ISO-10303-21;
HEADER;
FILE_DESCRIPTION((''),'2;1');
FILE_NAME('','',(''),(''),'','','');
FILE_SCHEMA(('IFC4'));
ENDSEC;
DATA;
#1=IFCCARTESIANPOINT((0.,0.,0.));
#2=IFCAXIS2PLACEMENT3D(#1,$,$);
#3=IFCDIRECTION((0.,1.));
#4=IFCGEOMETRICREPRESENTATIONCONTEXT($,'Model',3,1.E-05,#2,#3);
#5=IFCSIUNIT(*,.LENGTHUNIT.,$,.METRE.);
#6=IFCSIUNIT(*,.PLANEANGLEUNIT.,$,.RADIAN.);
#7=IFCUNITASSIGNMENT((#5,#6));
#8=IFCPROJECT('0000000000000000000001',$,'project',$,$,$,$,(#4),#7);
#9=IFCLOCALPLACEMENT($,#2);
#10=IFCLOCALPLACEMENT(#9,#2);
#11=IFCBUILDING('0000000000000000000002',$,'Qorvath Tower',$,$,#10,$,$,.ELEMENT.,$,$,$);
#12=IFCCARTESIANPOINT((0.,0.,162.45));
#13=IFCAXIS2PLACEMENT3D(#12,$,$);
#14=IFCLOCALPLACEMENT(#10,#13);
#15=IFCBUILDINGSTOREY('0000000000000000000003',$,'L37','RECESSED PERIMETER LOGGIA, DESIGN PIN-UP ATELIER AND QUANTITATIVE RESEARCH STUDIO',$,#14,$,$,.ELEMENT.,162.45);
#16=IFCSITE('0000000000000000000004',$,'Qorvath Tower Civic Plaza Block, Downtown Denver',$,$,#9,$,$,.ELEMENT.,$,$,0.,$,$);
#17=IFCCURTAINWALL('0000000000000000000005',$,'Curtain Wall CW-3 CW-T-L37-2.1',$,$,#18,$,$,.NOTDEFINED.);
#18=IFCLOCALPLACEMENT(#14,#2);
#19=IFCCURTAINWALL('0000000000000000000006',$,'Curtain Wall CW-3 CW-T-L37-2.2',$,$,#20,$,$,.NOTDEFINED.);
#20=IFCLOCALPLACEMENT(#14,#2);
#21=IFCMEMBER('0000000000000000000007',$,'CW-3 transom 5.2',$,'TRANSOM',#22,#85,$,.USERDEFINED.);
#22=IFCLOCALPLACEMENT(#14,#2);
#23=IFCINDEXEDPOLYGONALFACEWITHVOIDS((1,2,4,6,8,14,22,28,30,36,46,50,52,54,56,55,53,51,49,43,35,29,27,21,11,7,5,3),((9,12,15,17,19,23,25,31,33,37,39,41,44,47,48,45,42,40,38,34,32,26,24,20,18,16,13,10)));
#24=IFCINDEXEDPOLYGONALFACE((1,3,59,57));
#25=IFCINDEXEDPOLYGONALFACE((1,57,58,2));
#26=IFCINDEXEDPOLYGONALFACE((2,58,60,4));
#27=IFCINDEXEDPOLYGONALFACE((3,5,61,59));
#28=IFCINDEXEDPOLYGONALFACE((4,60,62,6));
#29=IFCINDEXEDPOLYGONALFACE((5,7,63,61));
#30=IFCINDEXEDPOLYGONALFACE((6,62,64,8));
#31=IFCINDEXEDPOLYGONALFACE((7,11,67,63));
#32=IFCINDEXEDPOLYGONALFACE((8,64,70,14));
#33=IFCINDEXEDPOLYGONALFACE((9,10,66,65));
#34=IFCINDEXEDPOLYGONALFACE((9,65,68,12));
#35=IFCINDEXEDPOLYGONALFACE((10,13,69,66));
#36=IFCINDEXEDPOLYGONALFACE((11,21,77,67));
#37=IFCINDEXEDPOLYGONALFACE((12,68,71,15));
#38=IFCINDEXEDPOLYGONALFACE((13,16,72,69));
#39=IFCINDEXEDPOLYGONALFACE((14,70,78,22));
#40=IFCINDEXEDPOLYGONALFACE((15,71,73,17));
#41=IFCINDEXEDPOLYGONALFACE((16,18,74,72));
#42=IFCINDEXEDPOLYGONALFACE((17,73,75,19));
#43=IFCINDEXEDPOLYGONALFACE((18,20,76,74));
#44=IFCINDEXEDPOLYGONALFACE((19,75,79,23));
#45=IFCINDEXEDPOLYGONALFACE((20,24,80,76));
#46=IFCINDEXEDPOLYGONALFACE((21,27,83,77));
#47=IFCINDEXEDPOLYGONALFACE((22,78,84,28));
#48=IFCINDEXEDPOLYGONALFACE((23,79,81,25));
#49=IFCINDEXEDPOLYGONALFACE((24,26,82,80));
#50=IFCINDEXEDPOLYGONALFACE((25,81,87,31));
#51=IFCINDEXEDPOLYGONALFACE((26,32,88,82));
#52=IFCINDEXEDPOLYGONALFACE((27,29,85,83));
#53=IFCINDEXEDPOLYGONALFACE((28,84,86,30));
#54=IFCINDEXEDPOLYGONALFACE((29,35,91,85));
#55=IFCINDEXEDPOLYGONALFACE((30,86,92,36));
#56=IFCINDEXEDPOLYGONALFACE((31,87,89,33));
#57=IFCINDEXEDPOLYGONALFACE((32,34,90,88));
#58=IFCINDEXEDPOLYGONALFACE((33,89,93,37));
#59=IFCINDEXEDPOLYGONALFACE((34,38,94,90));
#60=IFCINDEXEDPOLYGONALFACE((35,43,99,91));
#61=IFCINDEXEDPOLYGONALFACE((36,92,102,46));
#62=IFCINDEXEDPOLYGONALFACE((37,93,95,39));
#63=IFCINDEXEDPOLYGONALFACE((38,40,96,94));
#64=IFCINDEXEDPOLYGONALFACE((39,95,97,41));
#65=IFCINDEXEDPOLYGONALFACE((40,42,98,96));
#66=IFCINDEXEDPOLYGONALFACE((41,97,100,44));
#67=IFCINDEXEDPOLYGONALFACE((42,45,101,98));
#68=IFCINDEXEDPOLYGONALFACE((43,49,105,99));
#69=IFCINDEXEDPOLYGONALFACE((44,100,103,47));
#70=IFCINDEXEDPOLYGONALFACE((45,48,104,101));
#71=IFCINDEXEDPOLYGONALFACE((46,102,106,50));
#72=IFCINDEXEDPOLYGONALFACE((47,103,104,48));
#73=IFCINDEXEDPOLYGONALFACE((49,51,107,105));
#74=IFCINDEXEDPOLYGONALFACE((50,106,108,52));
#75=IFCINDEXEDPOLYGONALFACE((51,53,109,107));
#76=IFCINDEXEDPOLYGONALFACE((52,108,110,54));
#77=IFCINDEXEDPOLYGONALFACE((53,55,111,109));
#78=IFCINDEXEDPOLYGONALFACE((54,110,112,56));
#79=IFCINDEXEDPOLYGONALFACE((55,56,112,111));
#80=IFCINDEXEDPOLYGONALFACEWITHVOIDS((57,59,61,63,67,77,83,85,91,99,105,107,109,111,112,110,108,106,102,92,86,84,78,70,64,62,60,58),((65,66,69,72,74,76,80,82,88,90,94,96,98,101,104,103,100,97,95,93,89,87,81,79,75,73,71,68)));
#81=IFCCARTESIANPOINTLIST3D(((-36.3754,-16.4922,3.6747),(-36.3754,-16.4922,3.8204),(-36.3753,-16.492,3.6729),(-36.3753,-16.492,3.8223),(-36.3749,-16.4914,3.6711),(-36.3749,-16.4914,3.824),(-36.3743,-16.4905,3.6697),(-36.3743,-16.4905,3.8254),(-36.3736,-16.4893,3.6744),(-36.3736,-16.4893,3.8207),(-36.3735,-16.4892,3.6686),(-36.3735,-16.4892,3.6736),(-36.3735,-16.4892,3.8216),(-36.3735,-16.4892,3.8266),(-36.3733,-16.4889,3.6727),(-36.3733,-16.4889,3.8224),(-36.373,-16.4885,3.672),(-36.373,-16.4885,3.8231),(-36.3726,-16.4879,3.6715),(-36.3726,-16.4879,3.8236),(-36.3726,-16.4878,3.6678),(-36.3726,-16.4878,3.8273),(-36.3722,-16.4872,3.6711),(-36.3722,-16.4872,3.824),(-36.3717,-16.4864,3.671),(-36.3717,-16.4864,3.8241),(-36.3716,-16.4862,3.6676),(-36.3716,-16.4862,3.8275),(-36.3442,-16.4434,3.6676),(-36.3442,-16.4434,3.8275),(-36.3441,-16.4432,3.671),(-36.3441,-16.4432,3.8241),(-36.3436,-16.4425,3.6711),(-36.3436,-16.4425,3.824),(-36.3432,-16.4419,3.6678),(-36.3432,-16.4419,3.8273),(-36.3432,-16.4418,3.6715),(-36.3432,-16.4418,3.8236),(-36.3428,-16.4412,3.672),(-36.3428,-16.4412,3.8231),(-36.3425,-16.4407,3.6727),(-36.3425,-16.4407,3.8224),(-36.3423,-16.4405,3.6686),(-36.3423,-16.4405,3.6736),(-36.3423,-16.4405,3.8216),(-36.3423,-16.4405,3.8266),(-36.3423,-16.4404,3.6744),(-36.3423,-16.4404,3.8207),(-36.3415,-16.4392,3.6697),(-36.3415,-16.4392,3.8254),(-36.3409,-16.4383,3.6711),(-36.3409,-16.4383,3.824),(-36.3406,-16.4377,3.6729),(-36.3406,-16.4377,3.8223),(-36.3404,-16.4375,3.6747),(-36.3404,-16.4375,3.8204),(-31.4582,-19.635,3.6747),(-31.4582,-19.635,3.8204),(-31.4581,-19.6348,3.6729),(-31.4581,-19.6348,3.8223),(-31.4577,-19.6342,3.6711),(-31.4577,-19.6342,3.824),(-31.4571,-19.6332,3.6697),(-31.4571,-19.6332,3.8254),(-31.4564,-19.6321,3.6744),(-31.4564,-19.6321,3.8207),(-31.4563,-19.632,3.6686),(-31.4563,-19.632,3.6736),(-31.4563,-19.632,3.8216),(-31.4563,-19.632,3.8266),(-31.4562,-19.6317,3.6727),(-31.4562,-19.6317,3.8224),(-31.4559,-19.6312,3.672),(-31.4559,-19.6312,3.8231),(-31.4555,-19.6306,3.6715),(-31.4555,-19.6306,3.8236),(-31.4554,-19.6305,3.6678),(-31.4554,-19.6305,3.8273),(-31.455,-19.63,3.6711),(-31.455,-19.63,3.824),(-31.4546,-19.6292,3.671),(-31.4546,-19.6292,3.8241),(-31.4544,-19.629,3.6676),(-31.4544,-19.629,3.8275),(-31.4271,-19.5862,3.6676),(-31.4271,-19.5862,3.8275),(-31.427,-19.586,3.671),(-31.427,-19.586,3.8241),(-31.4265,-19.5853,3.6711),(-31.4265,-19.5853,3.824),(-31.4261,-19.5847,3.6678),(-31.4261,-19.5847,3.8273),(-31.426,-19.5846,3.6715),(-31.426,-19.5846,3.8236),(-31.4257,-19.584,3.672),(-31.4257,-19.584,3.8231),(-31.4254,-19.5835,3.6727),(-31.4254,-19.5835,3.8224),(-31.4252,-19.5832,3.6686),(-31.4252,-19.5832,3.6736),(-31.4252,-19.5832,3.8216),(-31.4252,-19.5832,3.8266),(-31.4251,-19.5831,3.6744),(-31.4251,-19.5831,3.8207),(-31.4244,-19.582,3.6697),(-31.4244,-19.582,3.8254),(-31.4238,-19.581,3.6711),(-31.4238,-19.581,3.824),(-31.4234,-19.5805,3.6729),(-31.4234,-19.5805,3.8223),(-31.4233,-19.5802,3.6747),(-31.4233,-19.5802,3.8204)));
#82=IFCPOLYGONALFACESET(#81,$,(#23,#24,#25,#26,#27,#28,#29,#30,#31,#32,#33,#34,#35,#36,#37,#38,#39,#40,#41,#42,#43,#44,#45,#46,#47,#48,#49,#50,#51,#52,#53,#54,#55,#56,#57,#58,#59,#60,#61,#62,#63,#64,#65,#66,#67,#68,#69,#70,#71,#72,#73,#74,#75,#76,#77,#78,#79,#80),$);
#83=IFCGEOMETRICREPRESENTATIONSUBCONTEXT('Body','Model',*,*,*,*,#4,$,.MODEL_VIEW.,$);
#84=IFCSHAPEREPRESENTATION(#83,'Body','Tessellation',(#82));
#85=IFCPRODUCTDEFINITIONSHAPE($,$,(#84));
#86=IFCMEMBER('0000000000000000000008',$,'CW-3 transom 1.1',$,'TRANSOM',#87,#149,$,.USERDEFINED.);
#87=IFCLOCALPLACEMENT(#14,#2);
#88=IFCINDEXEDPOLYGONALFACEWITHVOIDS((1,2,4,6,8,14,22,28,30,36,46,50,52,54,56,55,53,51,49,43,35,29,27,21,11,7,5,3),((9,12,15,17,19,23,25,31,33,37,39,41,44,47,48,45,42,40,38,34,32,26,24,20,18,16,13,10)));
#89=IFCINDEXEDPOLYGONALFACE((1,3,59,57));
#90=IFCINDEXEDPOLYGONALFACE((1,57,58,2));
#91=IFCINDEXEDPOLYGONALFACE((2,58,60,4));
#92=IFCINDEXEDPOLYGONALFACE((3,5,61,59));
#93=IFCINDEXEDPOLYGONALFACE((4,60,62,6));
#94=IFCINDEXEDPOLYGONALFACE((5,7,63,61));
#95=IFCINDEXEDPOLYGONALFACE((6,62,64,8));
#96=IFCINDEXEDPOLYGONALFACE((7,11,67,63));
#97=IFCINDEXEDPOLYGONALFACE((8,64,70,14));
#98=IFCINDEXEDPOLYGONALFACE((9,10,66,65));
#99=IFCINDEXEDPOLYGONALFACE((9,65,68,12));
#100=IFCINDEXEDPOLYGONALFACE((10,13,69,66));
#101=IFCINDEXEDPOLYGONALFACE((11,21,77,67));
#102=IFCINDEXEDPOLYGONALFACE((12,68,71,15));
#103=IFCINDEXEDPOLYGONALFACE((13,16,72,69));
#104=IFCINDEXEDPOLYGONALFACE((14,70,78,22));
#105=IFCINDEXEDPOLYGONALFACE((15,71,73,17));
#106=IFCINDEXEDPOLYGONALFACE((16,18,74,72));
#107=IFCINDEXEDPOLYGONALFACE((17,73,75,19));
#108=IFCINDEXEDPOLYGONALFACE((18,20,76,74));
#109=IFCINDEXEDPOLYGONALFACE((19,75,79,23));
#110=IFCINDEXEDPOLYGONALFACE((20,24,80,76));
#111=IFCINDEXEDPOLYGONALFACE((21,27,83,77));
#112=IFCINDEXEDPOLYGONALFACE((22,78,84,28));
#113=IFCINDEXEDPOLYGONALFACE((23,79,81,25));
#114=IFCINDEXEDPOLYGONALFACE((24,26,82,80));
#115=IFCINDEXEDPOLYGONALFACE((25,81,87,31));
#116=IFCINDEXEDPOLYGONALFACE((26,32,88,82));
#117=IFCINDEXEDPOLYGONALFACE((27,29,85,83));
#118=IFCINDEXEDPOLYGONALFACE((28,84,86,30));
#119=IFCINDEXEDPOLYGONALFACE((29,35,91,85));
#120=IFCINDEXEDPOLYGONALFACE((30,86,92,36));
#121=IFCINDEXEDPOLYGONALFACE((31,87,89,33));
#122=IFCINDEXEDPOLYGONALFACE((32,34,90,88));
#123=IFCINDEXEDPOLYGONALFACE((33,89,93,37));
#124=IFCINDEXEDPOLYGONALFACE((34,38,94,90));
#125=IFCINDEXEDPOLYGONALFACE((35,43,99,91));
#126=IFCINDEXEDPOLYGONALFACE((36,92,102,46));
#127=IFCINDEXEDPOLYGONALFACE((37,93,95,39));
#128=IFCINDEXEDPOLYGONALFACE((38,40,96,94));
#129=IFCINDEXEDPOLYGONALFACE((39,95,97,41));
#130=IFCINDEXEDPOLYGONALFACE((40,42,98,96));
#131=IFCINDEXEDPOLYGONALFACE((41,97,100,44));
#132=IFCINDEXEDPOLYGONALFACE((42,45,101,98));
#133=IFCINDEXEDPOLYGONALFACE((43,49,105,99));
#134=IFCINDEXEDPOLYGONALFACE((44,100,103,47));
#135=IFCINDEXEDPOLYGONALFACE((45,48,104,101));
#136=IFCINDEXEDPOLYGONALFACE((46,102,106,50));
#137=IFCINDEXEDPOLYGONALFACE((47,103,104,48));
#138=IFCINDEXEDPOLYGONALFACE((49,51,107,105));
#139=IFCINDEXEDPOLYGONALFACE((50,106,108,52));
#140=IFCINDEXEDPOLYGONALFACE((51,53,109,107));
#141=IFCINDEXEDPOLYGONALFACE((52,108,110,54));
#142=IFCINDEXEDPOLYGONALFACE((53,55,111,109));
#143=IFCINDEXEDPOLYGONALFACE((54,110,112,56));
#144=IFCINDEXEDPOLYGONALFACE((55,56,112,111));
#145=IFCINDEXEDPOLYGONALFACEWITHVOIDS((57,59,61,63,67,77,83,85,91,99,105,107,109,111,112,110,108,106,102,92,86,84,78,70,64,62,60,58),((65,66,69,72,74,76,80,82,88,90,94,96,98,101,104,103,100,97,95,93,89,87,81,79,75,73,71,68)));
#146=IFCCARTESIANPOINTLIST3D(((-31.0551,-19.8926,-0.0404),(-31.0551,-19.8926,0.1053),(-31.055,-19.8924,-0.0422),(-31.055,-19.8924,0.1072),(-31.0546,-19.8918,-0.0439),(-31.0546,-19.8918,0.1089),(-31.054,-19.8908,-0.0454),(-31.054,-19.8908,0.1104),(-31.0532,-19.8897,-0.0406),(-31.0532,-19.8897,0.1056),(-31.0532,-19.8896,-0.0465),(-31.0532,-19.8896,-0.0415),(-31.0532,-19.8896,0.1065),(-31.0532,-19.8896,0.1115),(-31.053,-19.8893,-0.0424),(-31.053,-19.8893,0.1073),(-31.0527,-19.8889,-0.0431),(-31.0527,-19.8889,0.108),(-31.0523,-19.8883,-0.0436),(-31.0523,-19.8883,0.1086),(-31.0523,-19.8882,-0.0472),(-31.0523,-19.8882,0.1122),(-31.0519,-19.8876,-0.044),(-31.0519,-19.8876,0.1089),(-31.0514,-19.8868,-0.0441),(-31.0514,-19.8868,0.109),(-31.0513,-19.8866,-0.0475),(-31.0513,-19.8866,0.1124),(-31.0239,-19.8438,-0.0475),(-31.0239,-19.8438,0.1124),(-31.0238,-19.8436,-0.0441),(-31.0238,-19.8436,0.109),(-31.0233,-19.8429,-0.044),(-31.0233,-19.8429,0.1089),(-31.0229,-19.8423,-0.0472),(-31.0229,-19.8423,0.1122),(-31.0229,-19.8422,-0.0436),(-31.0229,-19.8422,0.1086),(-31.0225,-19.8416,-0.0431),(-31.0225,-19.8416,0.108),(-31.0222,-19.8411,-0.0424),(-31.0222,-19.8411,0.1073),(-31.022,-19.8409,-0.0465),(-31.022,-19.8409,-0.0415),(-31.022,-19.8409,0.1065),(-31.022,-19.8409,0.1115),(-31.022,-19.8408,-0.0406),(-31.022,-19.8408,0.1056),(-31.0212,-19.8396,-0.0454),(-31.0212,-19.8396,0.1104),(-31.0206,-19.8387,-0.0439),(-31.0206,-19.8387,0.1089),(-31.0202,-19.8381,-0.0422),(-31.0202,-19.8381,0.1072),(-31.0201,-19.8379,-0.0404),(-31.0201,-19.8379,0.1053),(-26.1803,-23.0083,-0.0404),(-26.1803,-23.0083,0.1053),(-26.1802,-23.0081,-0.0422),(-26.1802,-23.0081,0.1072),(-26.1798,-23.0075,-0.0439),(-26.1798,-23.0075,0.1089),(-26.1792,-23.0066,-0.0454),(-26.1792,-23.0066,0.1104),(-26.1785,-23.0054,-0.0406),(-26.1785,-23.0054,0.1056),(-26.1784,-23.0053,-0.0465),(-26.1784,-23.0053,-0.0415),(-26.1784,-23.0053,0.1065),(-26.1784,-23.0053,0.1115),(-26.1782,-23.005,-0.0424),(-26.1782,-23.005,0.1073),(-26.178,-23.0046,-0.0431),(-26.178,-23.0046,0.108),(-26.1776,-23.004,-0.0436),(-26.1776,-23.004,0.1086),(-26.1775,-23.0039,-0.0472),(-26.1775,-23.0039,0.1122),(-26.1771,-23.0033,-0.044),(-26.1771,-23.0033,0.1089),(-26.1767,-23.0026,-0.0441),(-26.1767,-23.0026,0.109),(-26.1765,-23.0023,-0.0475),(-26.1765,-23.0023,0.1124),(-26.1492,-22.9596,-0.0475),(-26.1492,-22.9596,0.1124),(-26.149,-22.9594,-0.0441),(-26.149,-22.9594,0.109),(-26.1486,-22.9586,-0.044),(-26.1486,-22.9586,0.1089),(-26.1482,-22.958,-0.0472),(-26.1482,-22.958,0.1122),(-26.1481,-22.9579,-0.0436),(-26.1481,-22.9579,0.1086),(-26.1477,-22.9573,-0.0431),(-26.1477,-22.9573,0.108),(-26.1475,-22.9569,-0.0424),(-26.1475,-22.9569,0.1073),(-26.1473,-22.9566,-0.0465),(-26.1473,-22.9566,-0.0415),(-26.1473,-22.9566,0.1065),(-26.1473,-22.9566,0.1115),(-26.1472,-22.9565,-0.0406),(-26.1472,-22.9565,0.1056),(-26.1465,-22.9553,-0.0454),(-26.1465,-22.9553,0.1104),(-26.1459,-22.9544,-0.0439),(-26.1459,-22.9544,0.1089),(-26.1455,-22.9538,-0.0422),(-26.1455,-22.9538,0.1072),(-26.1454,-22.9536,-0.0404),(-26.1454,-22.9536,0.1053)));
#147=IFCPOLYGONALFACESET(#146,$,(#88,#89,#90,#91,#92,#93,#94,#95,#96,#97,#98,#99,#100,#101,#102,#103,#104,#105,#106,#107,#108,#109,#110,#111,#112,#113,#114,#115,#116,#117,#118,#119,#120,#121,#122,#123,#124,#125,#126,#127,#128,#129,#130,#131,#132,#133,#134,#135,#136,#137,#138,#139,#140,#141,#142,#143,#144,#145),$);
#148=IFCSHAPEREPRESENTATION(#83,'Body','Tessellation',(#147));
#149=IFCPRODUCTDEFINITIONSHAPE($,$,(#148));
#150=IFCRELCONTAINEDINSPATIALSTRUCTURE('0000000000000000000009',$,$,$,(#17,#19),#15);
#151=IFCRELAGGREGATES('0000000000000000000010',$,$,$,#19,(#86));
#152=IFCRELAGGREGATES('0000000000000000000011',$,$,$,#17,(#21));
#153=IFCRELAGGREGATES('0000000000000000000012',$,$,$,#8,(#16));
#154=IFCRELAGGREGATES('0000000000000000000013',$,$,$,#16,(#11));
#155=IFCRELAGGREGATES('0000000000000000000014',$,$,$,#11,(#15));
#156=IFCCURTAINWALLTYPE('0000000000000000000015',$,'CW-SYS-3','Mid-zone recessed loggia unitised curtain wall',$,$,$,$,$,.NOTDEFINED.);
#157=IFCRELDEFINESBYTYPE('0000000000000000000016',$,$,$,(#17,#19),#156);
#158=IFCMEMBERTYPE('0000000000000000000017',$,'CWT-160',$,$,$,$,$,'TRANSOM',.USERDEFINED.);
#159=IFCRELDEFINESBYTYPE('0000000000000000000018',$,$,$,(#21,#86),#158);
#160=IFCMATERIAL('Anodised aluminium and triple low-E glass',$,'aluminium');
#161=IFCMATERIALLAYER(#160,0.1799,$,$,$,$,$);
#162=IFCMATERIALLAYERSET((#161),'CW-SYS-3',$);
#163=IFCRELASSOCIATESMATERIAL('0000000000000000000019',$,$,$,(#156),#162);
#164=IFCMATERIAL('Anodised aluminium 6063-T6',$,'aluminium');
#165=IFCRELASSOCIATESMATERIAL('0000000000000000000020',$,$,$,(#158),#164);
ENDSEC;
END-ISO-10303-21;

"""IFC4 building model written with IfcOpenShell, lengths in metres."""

from ifc_helpers import new_model, si_unit, direction, frame, origin, origin_2d, place, context, subcontext, project, spatial, hollow_rectangle, extrude, material, layer, layer_set, material_profile, profile_set, type_object, element, aggregate, save


model = new_model("IFC4")

# Units and contexts
model_context = context("Model", 3, precision=1e-05, world=origin(), true_north=direction((0.0, 1.0)))
body_context = subcontext(model_context, "Body", "Model", "MODEL_VIEW")
ifc_project = project(units=[si_unit("LENGTHUNIT", "METRE"), si_unit("PLANEANGLEUNIT", "RADIAN")], contexts=[model_context])

# Site, building, storey
site_placement = place(None, origin())
site = spatial("IfcSite", under=ifc_project, at=site_placement, Name="Qorvath Tower Civic Plaza Block, Downtown Denver", CompositionType="ELEMENT", RefElevation=0.0)
building_placement = place(site_placement, origin())
building = spatial("IfcBuilding", under=site, at=building_placement, Name="Qorvath Tower", CompositionType="ELEMENT")
storey_placement = place(building_placement, frame((0.0, 0.0, 162.45)))
storey = spatial("IfcBuildingStorey", under=building, at=storey_placement, Name="L37", Description="RECESSED PERIMETER LOGGIA, DESIGN PIN-UP ATELIER AND QUANTITATIVE RESEARCH STUDIO", CompositionType="ELEMENT", Elevation=162.45)

# Curtain wall
ifc_material_1 = material(Name="Anodised aluminium and triple low-E glass", Category="aluminium")
ifc_layer_1 = layer(ifc_material_1, 0.1799)
ifc_layer_set_1 = layer_set([ifc_layer_1], Name="CW-SYS-3")
curtain_wall_type = type_object("IfcCurtainWallType", Name="CW-SYS-3", Description="Mid-zone recessed loggia unitised curtain wall", PredefinedType="NOTDEFINED", material=ifc_layer_set_1)
curtain_wall_1_placement = place(storey_placement, origin())
curtain_wall_1 = element("IfcCurtainWall", 1, at=curtain_wall_1_placement, inside=storey, type_object=curtain_wall_type, Name="Curtain Wall CW-3 CW-T-L37-2.1", PredefinedType="NOTDEFINED")

# Curtain wall
curtain_wall_2_placement = place(storey_placement, origin())
curtain_wall_2 = element("IfcCurtainWall", 2, at=curtain_wall_2_placement, inside=storey, type_object=curtain_wall_type, Name="Curtain Wall CW-3 CW-T-L37-2.2", PredefinedType="NOTDEFINED")

# Members
ifc_material_2 = material(Name="Anodised aluminium 6063-T6", Category="aluminium")
ifc_material_profile_1 = material_profile(ifc_material_2, hollow_rectangle(XDim=0.0649, YDim=0.1599, WallThickness=0.0034, InnerFilletRadius=0.0034, OuterFilletRadius=0.0071, at=origin_2d()), Name="CWT 160x65")
ifc_profile_set_1 = profile_set([ifc_material_profile_1], Name="Anodised aluminium 6063-T6")
member_type_1 = type_object("IfcMemberType", Name="CWT-160", ElementType="TRANSOM", PredefinedType="USERDEFINED", material=ifc_profile_set_1)
member_1_placement = place(storey_placement, frame((-36.3579, -16.4648, 3.7476), z_axis=(0.842599, -0.538542, 0.0), x_axis=(0.538542, 0.842599, 0.0)))
member_1 = element("IfcMember", 3, at=member_1_placement, type_object=member_type_1, Name="CW-3 transom 5.2", ObjectType="TRANSOM", PredefinedType="USERDEFINED", context=body_context, shape_type="SweptSolid", body=[
    extrude(hollow_rectangle(XDim=0.0649, YDim=0.1599, WallThickness=0.0034, InnerFilletRadius=0.0034, OuterFilletRadius=0.0071, at=origin_2d()), origin(), (0.0, 0.0, 1.0), 5.8357),
])
member_2_placement = place(storey_placement, frame((-31.0376, -19.8652, 0.0325), z_axis=(0.842595, -0.538548, 0.0), x_axis=(0.538548, 0.842595, 0.0)))
member_2 = element("IfcMember", 4, at=member_2_placement, type_object=member_type_1, Name="CW-3 transom 1.1", ObjectType="TRANSOM", PredefinedType="USERDEFINED", context=body_context, shape_type="SweptSolid", body=[
    extrude(hollow_rectangle(XDim=0.0649, YDim=0.1599, WallThickness=0.0034, InnerFilletRadius=0.0034, OuterFilletRadius=0.0071, at=origin_2d()), origin(), (0.0, 0.0, 1.0), 5.7854),
])
aggregate(curtain_wall_2, [member_2])

aggregate(curtain_wall_1, [member_1])

save(model, "model.ifc")
